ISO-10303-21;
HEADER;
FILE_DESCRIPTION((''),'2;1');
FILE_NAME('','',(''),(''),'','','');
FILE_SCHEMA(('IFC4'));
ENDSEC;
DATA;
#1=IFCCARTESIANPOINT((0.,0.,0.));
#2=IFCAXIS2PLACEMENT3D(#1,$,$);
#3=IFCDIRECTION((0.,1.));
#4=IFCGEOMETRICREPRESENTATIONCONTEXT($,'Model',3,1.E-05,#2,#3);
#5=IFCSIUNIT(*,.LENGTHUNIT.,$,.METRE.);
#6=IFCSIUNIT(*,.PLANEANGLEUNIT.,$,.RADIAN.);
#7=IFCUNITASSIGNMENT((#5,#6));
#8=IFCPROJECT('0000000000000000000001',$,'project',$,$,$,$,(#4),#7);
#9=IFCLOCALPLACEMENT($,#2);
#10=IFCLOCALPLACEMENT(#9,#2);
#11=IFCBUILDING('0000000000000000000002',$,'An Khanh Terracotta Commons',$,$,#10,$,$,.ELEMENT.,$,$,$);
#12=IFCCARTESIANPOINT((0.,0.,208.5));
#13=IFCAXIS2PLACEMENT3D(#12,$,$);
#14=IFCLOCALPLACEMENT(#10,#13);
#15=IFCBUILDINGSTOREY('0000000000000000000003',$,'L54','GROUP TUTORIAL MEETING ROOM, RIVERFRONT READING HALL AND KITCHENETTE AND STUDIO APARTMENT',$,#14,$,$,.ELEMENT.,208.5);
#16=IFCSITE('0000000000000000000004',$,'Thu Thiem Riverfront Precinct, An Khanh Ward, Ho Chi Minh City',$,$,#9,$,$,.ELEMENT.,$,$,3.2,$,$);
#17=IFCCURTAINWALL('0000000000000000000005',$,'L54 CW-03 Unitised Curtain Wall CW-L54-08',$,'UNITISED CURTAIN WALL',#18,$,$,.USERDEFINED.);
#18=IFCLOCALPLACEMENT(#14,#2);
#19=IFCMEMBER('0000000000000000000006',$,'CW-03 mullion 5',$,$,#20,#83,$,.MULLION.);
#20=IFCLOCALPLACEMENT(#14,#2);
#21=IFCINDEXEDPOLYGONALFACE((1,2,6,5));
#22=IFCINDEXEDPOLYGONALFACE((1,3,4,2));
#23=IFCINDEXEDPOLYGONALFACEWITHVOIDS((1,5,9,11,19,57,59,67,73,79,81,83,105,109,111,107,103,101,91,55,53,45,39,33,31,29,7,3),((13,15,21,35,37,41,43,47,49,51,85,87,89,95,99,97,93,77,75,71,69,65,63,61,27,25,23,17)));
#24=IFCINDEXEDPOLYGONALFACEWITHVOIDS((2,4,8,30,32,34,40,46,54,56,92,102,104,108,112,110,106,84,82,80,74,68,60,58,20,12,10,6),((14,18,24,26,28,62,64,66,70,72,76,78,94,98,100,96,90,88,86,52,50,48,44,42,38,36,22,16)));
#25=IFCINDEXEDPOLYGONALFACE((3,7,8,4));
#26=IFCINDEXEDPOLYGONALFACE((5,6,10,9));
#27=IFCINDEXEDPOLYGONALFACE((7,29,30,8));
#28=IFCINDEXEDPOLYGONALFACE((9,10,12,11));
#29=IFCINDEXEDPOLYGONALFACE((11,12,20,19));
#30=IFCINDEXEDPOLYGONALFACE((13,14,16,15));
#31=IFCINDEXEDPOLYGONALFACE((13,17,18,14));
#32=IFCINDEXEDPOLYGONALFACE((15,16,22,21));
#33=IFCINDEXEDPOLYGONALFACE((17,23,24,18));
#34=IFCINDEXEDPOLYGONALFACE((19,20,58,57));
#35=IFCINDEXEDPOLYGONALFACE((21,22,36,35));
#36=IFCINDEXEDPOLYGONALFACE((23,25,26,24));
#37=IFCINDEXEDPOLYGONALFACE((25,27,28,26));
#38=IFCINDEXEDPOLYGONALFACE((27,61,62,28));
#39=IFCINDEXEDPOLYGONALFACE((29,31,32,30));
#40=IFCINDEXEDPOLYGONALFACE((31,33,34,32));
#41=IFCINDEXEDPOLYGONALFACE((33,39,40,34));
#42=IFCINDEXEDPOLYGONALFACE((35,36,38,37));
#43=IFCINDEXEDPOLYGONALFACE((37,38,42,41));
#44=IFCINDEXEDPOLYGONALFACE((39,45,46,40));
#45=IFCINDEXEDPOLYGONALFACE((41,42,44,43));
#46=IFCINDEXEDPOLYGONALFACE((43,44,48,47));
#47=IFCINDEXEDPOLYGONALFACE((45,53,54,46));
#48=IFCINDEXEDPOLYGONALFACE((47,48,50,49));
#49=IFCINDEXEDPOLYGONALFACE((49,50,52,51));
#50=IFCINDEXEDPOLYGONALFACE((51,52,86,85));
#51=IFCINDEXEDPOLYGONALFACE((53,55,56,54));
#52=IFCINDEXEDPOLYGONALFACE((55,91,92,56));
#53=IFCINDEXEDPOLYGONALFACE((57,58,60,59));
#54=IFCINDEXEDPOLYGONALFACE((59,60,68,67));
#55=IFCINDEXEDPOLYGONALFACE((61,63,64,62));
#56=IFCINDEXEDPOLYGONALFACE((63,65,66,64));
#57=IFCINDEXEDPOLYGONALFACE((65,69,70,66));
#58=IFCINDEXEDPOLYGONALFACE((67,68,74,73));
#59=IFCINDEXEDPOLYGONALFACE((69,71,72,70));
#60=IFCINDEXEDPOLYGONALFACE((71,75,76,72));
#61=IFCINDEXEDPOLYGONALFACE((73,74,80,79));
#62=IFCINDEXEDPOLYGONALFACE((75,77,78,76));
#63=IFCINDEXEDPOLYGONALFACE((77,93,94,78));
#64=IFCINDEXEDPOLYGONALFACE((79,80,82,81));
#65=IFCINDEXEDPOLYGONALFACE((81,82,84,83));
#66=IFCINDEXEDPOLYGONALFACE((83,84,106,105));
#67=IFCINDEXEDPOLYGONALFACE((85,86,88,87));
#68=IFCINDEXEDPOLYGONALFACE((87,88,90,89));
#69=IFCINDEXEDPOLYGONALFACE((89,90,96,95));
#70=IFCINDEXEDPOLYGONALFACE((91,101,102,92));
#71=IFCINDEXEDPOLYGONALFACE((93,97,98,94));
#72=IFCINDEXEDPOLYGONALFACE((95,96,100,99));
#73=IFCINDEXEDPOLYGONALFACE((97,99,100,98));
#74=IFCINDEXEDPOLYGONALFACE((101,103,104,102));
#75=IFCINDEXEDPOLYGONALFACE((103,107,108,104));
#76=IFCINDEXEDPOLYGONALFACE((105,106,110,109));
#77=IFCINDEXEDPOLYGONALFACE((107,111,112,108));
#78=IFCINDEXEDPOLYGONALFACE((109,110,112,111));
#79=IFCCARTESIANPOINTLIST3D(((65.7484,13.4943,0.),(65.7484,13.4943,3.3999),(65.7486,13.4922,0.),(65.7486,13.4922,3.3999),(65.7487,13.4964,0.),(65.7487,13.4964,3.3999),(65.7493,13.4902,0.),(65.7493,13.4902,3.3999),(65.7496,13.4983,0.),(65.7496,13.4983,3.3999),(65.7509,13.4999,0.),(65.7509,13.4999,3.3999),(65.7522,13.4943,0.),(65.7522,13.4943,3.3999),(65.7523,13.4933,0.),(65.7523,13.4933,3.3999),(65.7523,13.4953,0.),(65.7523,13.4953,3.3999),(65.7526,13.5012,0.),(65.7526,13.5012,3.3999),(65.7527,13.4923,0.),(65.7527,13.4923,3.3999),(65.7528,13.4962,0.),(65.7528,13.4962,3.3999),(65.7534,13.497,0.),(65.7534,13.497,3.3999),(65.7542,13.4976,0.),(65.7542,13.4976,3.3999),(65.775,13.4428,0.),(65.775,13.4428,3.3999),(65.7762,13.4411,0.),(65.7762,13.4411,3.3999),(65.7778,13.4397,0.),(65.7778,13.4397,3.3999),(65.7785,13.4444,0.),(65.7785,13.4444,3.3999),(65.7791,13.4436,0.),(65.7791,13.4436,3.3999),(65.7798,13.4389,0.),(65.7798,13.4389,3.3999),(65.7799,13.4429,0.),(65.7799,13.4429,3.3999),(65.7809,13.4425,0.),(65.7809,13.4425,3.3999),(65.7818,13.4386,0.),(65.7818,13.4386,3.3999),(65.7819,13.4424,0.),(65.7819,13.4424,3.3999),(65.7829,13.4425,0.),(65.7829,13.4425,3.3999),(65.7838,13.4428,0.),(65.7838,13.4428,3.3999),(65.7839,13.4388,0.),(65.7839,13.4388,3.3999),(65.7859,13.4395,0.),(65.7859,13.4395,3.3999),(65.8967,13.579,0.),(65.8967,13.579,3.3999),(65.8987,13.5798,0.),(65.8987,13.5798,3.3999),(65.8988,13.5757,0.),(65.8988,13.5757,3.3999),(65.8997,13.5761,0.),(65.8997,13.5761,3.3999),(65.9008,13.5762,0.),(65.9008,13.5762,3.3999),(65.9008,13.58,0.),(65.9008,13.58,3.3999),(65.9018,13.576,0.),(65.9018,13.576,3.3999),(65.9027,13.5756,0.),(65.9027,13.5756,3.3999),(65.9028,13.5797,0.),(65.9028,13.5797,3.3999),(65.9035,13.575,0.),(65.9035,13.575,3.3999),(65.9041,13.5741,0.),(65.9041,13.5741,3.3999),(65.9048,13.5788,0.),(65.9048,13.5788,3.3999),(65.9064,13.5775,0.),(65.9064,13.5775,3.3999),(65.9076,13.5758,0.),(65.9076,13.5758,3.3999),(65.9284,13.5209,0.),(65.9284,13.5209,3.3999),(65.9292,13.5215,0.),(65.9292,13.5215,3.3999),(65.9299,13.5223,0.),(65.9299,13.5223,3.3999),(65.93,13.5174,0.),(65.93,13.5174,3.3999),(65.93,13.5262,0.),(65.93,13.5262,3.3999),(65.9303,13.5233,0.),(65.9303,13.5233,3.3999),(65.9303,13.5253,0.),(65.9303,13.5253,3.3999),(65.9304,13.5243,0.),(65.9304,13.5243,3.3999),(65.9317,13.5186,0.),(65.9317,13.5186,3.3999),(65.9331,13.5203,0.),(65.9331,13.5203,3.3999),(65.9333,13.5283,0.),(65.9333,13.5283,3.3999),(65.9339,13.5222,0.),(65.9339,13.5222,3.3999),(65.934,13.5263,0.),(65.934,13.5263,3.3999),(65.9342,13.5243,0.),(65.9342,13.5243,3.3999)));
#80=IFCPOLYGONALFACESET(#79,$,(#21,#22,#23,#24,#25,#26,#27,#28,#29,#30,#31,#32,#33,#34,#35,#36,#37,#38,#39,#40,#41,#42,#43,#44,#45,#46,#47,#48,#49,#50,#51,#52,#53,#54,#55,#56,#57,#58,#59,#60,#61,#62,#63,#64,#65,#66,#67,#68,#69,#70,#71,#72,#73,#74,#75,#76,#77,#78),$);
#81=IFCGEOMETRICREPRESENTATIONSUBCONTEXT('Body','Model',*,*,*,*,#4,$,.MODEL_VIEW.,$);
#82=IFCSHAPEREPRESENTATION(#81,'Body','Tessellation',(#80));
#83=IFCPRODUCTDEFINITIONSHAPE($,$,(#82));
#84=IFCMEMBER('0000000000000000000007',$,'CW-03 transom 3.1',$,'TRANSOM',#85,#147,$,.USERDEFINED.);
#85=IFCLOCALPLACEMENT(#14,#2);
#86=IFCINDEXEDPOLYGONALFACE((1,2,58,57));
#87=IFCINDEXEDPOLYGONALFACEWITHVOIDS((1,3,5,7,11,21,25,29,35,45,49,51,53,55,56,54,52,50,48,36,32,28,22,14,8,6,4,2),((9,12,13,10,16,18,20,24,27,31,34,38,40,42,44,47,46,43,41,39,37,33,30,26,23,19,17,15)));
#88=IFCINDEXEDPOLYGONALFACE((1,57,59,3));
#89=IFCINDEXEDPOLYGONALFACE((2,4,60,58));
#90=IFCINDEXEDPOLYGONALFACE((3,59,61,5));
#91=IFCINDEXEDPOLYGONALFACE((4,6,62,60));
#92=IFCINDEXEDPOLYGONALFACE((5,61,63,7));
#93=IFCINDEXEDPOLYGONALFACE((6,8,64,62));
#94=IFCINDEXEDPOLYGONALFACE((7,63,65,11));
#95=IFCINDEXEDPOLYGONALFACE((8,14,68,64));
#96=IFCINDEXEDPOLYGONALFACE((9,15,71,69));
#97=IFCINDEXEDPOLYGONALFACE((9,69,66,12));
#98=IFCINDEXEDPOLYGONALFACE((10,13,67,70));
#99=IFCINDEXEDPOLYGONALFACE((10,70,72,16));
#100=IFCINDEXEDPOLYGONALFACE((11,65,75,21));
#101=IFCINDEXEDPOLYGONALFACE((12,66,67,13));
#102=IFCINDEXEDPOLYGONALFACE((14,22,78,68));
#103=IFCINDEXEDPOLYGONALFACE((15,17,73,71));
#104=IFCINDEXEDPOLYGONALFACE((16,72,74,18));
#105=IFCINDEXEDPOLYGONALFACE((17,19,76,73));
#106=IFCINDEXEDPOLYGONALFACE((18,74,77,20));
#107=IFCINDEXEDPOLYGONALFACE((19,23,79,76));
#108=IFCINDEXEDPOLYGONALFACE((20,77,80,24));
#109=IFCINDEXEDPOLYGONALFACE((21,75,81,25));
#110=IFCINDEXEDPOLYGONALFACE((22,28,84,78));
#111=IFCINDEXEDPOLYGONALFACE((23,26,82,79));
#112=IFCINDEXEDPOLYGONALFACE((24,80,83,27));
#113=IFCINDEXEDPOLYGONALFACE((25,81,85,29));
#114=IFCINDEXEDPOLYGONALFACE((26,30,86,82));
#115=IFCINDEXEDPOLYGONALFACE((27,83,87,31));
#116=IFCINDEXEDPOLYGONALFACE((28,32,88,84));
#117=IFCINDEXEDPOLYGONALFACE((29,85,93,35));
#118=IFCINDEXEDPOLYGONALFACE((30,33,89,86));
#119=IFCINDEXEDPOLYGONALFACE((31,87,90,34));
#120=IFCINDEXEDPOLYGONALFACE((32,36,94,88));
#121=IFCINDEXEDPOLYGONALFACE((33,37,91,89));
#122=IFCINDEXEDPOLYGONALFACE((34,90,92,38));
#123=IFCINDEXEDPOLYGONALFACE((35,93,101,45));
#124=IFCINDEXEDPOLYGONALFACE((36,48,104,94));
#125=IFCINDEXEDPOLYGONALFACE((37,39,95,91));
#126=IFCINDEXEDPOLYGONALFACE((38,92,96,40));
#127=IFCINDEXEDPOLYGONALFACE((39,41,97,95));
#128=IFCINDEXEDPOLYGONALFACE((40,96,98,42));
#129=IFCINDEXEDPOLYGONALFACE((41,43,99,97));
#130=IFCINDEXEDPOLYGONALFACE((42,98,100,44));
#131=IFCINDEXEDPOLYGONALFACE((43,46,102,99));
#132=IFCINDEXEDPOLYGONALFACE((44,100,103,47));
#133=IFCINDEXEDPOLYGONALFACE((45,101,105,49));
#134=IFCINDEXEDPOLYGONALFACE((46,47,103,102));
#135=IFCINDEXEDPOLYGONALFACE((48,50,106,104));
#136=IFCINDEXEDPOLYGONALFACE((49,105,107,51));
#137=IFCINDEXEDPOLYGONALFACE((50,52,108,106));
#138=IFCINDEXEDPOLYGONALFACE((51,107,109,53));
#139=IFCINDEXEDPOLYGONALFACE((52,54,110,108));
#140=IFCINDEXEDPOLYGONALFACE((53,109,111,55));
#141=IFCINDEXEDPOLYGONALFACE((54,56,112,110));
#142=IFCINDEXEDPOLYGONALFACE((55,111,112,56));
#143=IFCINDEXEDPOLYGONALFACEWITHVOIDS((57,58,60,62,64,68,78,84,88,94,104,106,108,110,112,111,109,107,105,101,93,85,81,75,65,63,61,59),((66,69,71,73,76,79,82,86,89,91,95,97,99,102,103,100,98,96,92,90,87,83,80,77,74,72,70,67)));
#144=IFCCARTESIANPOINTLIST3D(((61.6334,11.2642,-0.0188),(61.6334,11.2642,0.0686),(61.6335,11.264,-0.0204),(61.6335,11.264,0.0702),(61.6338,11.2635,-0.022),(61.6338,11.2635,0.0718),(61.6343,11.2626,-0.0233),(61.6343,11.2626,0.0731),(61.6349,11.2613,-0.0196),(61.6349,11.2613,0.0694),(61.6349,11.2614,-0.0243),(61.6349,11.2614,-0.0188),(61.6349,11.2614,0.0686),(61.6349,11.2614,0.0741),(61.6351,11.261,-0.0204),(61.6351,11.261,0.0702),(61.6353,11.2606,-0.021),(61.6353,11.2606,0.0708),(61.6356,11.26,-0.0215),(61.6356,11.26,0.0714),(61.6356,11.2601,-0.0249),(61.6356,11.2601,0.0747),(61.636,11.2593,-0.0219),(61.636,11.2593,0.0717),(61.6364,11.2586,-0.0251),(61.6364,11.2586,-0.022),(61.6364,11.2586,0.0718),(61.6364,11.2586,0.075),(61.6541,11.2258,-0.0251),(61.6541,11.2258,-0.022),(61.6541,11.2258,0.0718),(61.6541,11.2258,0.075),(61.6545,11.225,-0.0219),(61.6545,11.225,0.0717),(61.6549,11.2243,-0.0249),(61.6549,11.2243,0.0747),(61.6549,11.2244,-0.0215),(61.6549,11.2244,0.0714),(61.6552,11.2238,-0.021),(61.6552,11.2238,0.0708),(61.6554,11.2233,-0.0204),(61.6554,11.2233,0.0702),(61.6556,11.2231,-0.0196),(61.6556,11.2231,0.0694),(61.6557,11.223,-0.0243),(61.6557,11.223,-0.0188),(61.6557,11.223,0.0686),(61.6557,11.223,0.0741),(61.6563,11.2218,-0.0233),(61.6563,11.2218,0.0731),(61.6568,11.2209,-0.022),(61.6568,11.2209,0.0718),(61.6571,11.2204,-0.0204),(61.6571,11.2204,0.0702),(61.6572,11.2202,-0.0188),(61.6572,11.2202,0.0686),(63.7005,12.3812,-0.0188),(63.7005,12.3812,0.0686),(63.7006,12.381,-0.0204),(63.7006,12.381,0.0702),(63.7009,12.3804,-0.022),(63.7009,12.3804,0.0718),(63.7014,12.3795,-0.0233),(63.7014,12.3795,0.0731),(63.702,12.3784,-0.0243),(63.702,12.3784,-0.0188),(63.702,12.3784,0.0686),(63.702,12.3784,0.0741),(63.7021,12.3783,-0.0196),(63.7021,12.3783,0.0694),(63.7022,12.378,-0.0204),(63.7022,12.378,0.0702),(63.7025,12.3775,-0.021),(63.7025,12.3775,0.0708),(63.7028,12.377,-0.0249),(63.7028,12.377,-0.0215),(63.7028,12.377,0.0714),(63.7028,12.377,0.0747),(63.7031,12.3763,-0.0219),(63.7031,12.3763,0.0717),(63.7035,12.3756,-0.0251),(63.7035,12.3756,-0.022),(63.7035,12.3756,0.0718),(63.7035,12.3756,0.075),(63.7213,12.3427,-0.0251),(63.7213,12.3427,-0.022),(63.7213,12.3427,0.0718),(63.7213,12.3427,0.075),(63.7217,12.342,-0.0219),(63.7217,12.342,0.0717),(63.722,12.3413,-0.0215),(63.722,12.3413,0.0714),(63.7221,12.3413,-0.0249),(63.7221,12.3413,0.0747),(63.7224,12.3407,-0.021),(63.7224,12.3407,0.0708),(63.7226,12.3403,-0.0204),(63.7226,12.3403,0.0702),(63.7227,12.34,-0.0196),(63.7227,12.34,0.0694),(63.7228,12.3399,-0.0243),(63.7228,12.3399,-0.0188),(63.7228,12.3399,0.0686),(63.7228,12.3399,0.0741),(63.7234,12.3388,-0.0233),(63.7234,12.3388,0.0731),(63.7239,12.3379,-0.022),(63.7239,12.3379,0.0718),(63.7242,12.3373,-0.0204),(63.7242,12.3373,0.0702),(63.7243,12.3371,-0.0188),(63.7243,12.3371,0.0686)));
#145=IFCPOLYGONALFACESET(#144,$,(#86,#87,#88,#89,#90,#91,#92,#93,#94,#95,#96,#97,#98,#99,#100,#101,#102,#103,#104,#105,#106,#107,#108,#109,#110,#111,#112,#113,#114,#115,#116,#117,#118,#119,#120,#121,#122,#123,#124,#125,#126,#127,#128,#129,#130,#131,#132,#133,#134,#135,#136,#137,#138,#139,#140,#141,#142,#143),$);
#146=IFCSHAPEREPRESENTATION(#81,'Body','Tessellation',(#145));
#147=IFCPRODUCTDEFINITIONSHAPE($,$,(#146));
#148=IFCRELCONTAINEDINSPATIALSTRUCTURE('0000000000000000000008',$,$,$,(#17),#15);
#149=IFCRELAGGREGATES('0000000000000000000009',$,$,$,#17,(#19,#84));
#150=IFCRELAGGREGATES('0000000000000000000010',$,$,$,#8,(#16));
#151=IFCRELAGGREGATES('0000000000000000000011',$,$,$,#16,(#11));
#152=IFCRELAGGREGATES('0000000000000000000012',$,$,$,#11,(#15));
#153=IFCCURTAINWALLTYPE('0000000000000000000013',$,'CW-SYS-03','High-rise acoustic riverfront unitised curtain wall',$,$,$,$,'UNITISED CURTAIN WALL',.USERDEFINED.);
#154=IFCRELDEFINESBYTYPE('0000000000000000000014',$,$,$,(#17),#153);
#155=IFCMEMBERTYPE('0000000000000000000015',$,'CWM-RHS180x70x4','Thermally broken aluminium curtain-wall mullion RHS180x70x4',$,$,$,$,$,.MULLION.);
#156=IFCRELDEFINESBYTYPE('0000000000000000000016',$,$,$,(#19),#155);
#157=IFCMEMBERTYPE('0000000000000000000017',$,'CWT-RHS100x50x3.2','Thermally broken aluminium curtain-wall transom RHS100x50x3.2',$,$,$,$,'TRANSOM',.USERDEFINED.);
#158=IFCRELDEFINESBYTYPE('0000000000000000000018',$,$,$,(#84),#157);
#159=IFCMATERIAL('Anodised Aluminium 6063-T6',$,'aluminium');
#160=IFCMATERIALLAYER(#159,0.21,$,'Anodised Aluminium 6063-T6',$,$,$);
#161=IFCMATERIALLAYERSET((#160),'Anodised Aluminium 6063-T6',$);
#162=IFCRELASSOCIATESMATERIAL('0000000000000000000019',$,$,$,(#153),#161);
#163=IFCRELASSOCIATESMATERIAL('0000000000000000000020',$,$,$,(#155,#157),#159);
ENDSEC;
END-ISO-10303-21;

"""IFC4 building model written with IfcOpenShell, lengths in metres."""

from ifc_helpers import new_model, si_unit, direction, frame, origin, origin_2d, place, context, subcontext, project, spatial, hollow_rectangle, extrude, material, layer, layer_set, material_profile, profile_set, type_object, element, aggregate, save


model = new_model("IFC4")

# Units and contexts
model_context = context("Model", 3, precision=1e-05, world=origin(), true_north=direction((0.0, 1.0)))
body_context = subcontext(model_context, "Body", "Model", "MODEL_VIEW")
ifc_project = project(units=[si_unit("LENGTHUNIT", "METRE"), si_unit("PLANEANGLEUNIT", "RADIAN")], contexts=[model_context])

# Site, building, storey
site_placement = place(None, origin())
site = spatial("IfcSite", under=ifc_project, at=site_placement, Name="Thu Thiem Riverfront Precinct, An Khanh Ward, Ho Chi Minh City", CompositionType="ELEMENT", RefElevation=3.2)
building_placement = place(site_placement, origin())
building = spatial("IfcBuilding", under=site, at=building_placement, Name="An Khanh Terracotta Commons", CompositionType="ELEMENT")
storey_placement = place(building_placement, frame((0.0, 0.0, 208.5)))
storey = spatial("IfcBuildingStorey", under=building, at=storey_placement, Name="L54", Description="GROUP TUTORIAL MEETING ROOM, RIVERFRONT READING HALL AND KITCHENETTE AND STUDIO APARTMENT", CompositionType="ELEMENT", Elevation=208.5)

# Shared definitions
ifc_material_1 = material(Name="Anodised Aluminium 6063-T6", Category="aluminium")

# Curtain wall, members
ifc_layer_1 = layer(ifc_material_1, 0.21, Name="Anodised Aluminium 6063-T6")
ifc_layer_set_1 = layer_set([ifc_layer_1], Name="Anodised Aluminium 6063-T6")
curtain_wall_type_1 = type_object("IfcCurtainWallType", Name="CW-SYS-03", Description="High-rise acoustic riverfront unitised curtain wall", ElementType="UNITISED CURTAIN WALL", PredefinedType="USERDEFINED", material=ifc_layer_set_1)
curtain_wall_1_placement = place(storey_placement, origin())
curtain_wall_1 = element("IfcCurtainWall", 1, at=curtain_wall_1_placement, inside=storey, type_object=curtain_wall_type_1, Name="L54 CW-03 Unitised Curtain Wall CW-L54-08", ObjectType="UNITISED CURTAIN WALL", PredefinedType="USERDEFINED")
ifc_material_profile_1 = material_profile(ifc_material_1, hollow_rectangle(XDim=0.0701, YDim=0.1799, WallThickness=0.0039, InnerFilletRadius=0.0039, OuterFilletRadius=0.0081, at=origin_2d()), Name="RHS180x70x4")
ifc_profile_set_1 = profile_set([ifc_material_profile_1], Name="Anodised Aluminium 6063-T6")
member_type_1 = type_object("IfcMemberType", Name="CWM-RHS180x70x4", Description="Thermally broken aluminium curtain-wall mullion RHS180x70x4", PredefinedType="MULLION", material=ifc_profile_set_1)
member_1_placement = place(storey_placement, frame((65.8413, 13.5093, 0.0), z_axis=(0.0, 0.0, 1.0), x_axis=(-0.475381, 0.87978, 0.0)))
member_1 = element("IfcMember", 2, at=member_1_placement, type_object=member_type_1, Name="CW-03 mullion 5", PredefinedType="MULLION", context=body_context, shape_type="SweptSolid", body=[
    extrude(hollow_rectangle(XDim=0.0701, YDim=0.1799, WallThickness=0.0039, InnerFilletRadius=0.0039, OuterFilletRadius=0.0081, at=origin_2d()), origin(), (0.0, 0.0, 1.0), 3.3999),
])
ifc_material_profile_2 = material_profile(ifc_material_1, hollow_rectangle(XDim=0.05, YDim=0.1001, WallThickness=0.0032, InnerFilletRadius=0.0032, OuterFilletRadius=0.0063, at=origin_2d()), Name="RHS100x50x3.2")
ifc_profile_set_2 = profile_set([ifc_material_profile_2], Name="Anodised Aluminium 6063-T6")
member_type_2 = type_object("IfcMemberType", Name="CWT-RHS100x50x3.2", Description="Thermally broken aluminium curtain-wall transom RHS100x50x3.2", ElementType="TRANSOM", PredefinedType="USERDEFINED", material=ifc_profile_set_2)
member_2_placement = place(storey_placement, frame((61.6453, 11.2422, 0.0249), z_axis=(0.879783, 0.475376, 0.0), x_axis=(-0.475376, 0.879783, 0.0)))
member_2 = element("IfcMember", 3, at=member_2_placement, type_object=member_type_2, Name="CW-03 transom 3.1", ObjectType="TRANSOM", PredefinedType="USERDEFINED", context=body_context, shape_type="SweptSolid", body=[
    extrude(hollow_rectangle(XDim=0.05, YDim=0.1001, WallThickness=0.0032, InnerFilletRadius=0.0032, OuterFilletRadius=0.0063, at=origin_2d()), origin(), (0.0, 0.0, 1.0), 2.3496),
])

aggregate(curtain_wall_1, [member_1, member_2])

save(model, "model.ifc")
